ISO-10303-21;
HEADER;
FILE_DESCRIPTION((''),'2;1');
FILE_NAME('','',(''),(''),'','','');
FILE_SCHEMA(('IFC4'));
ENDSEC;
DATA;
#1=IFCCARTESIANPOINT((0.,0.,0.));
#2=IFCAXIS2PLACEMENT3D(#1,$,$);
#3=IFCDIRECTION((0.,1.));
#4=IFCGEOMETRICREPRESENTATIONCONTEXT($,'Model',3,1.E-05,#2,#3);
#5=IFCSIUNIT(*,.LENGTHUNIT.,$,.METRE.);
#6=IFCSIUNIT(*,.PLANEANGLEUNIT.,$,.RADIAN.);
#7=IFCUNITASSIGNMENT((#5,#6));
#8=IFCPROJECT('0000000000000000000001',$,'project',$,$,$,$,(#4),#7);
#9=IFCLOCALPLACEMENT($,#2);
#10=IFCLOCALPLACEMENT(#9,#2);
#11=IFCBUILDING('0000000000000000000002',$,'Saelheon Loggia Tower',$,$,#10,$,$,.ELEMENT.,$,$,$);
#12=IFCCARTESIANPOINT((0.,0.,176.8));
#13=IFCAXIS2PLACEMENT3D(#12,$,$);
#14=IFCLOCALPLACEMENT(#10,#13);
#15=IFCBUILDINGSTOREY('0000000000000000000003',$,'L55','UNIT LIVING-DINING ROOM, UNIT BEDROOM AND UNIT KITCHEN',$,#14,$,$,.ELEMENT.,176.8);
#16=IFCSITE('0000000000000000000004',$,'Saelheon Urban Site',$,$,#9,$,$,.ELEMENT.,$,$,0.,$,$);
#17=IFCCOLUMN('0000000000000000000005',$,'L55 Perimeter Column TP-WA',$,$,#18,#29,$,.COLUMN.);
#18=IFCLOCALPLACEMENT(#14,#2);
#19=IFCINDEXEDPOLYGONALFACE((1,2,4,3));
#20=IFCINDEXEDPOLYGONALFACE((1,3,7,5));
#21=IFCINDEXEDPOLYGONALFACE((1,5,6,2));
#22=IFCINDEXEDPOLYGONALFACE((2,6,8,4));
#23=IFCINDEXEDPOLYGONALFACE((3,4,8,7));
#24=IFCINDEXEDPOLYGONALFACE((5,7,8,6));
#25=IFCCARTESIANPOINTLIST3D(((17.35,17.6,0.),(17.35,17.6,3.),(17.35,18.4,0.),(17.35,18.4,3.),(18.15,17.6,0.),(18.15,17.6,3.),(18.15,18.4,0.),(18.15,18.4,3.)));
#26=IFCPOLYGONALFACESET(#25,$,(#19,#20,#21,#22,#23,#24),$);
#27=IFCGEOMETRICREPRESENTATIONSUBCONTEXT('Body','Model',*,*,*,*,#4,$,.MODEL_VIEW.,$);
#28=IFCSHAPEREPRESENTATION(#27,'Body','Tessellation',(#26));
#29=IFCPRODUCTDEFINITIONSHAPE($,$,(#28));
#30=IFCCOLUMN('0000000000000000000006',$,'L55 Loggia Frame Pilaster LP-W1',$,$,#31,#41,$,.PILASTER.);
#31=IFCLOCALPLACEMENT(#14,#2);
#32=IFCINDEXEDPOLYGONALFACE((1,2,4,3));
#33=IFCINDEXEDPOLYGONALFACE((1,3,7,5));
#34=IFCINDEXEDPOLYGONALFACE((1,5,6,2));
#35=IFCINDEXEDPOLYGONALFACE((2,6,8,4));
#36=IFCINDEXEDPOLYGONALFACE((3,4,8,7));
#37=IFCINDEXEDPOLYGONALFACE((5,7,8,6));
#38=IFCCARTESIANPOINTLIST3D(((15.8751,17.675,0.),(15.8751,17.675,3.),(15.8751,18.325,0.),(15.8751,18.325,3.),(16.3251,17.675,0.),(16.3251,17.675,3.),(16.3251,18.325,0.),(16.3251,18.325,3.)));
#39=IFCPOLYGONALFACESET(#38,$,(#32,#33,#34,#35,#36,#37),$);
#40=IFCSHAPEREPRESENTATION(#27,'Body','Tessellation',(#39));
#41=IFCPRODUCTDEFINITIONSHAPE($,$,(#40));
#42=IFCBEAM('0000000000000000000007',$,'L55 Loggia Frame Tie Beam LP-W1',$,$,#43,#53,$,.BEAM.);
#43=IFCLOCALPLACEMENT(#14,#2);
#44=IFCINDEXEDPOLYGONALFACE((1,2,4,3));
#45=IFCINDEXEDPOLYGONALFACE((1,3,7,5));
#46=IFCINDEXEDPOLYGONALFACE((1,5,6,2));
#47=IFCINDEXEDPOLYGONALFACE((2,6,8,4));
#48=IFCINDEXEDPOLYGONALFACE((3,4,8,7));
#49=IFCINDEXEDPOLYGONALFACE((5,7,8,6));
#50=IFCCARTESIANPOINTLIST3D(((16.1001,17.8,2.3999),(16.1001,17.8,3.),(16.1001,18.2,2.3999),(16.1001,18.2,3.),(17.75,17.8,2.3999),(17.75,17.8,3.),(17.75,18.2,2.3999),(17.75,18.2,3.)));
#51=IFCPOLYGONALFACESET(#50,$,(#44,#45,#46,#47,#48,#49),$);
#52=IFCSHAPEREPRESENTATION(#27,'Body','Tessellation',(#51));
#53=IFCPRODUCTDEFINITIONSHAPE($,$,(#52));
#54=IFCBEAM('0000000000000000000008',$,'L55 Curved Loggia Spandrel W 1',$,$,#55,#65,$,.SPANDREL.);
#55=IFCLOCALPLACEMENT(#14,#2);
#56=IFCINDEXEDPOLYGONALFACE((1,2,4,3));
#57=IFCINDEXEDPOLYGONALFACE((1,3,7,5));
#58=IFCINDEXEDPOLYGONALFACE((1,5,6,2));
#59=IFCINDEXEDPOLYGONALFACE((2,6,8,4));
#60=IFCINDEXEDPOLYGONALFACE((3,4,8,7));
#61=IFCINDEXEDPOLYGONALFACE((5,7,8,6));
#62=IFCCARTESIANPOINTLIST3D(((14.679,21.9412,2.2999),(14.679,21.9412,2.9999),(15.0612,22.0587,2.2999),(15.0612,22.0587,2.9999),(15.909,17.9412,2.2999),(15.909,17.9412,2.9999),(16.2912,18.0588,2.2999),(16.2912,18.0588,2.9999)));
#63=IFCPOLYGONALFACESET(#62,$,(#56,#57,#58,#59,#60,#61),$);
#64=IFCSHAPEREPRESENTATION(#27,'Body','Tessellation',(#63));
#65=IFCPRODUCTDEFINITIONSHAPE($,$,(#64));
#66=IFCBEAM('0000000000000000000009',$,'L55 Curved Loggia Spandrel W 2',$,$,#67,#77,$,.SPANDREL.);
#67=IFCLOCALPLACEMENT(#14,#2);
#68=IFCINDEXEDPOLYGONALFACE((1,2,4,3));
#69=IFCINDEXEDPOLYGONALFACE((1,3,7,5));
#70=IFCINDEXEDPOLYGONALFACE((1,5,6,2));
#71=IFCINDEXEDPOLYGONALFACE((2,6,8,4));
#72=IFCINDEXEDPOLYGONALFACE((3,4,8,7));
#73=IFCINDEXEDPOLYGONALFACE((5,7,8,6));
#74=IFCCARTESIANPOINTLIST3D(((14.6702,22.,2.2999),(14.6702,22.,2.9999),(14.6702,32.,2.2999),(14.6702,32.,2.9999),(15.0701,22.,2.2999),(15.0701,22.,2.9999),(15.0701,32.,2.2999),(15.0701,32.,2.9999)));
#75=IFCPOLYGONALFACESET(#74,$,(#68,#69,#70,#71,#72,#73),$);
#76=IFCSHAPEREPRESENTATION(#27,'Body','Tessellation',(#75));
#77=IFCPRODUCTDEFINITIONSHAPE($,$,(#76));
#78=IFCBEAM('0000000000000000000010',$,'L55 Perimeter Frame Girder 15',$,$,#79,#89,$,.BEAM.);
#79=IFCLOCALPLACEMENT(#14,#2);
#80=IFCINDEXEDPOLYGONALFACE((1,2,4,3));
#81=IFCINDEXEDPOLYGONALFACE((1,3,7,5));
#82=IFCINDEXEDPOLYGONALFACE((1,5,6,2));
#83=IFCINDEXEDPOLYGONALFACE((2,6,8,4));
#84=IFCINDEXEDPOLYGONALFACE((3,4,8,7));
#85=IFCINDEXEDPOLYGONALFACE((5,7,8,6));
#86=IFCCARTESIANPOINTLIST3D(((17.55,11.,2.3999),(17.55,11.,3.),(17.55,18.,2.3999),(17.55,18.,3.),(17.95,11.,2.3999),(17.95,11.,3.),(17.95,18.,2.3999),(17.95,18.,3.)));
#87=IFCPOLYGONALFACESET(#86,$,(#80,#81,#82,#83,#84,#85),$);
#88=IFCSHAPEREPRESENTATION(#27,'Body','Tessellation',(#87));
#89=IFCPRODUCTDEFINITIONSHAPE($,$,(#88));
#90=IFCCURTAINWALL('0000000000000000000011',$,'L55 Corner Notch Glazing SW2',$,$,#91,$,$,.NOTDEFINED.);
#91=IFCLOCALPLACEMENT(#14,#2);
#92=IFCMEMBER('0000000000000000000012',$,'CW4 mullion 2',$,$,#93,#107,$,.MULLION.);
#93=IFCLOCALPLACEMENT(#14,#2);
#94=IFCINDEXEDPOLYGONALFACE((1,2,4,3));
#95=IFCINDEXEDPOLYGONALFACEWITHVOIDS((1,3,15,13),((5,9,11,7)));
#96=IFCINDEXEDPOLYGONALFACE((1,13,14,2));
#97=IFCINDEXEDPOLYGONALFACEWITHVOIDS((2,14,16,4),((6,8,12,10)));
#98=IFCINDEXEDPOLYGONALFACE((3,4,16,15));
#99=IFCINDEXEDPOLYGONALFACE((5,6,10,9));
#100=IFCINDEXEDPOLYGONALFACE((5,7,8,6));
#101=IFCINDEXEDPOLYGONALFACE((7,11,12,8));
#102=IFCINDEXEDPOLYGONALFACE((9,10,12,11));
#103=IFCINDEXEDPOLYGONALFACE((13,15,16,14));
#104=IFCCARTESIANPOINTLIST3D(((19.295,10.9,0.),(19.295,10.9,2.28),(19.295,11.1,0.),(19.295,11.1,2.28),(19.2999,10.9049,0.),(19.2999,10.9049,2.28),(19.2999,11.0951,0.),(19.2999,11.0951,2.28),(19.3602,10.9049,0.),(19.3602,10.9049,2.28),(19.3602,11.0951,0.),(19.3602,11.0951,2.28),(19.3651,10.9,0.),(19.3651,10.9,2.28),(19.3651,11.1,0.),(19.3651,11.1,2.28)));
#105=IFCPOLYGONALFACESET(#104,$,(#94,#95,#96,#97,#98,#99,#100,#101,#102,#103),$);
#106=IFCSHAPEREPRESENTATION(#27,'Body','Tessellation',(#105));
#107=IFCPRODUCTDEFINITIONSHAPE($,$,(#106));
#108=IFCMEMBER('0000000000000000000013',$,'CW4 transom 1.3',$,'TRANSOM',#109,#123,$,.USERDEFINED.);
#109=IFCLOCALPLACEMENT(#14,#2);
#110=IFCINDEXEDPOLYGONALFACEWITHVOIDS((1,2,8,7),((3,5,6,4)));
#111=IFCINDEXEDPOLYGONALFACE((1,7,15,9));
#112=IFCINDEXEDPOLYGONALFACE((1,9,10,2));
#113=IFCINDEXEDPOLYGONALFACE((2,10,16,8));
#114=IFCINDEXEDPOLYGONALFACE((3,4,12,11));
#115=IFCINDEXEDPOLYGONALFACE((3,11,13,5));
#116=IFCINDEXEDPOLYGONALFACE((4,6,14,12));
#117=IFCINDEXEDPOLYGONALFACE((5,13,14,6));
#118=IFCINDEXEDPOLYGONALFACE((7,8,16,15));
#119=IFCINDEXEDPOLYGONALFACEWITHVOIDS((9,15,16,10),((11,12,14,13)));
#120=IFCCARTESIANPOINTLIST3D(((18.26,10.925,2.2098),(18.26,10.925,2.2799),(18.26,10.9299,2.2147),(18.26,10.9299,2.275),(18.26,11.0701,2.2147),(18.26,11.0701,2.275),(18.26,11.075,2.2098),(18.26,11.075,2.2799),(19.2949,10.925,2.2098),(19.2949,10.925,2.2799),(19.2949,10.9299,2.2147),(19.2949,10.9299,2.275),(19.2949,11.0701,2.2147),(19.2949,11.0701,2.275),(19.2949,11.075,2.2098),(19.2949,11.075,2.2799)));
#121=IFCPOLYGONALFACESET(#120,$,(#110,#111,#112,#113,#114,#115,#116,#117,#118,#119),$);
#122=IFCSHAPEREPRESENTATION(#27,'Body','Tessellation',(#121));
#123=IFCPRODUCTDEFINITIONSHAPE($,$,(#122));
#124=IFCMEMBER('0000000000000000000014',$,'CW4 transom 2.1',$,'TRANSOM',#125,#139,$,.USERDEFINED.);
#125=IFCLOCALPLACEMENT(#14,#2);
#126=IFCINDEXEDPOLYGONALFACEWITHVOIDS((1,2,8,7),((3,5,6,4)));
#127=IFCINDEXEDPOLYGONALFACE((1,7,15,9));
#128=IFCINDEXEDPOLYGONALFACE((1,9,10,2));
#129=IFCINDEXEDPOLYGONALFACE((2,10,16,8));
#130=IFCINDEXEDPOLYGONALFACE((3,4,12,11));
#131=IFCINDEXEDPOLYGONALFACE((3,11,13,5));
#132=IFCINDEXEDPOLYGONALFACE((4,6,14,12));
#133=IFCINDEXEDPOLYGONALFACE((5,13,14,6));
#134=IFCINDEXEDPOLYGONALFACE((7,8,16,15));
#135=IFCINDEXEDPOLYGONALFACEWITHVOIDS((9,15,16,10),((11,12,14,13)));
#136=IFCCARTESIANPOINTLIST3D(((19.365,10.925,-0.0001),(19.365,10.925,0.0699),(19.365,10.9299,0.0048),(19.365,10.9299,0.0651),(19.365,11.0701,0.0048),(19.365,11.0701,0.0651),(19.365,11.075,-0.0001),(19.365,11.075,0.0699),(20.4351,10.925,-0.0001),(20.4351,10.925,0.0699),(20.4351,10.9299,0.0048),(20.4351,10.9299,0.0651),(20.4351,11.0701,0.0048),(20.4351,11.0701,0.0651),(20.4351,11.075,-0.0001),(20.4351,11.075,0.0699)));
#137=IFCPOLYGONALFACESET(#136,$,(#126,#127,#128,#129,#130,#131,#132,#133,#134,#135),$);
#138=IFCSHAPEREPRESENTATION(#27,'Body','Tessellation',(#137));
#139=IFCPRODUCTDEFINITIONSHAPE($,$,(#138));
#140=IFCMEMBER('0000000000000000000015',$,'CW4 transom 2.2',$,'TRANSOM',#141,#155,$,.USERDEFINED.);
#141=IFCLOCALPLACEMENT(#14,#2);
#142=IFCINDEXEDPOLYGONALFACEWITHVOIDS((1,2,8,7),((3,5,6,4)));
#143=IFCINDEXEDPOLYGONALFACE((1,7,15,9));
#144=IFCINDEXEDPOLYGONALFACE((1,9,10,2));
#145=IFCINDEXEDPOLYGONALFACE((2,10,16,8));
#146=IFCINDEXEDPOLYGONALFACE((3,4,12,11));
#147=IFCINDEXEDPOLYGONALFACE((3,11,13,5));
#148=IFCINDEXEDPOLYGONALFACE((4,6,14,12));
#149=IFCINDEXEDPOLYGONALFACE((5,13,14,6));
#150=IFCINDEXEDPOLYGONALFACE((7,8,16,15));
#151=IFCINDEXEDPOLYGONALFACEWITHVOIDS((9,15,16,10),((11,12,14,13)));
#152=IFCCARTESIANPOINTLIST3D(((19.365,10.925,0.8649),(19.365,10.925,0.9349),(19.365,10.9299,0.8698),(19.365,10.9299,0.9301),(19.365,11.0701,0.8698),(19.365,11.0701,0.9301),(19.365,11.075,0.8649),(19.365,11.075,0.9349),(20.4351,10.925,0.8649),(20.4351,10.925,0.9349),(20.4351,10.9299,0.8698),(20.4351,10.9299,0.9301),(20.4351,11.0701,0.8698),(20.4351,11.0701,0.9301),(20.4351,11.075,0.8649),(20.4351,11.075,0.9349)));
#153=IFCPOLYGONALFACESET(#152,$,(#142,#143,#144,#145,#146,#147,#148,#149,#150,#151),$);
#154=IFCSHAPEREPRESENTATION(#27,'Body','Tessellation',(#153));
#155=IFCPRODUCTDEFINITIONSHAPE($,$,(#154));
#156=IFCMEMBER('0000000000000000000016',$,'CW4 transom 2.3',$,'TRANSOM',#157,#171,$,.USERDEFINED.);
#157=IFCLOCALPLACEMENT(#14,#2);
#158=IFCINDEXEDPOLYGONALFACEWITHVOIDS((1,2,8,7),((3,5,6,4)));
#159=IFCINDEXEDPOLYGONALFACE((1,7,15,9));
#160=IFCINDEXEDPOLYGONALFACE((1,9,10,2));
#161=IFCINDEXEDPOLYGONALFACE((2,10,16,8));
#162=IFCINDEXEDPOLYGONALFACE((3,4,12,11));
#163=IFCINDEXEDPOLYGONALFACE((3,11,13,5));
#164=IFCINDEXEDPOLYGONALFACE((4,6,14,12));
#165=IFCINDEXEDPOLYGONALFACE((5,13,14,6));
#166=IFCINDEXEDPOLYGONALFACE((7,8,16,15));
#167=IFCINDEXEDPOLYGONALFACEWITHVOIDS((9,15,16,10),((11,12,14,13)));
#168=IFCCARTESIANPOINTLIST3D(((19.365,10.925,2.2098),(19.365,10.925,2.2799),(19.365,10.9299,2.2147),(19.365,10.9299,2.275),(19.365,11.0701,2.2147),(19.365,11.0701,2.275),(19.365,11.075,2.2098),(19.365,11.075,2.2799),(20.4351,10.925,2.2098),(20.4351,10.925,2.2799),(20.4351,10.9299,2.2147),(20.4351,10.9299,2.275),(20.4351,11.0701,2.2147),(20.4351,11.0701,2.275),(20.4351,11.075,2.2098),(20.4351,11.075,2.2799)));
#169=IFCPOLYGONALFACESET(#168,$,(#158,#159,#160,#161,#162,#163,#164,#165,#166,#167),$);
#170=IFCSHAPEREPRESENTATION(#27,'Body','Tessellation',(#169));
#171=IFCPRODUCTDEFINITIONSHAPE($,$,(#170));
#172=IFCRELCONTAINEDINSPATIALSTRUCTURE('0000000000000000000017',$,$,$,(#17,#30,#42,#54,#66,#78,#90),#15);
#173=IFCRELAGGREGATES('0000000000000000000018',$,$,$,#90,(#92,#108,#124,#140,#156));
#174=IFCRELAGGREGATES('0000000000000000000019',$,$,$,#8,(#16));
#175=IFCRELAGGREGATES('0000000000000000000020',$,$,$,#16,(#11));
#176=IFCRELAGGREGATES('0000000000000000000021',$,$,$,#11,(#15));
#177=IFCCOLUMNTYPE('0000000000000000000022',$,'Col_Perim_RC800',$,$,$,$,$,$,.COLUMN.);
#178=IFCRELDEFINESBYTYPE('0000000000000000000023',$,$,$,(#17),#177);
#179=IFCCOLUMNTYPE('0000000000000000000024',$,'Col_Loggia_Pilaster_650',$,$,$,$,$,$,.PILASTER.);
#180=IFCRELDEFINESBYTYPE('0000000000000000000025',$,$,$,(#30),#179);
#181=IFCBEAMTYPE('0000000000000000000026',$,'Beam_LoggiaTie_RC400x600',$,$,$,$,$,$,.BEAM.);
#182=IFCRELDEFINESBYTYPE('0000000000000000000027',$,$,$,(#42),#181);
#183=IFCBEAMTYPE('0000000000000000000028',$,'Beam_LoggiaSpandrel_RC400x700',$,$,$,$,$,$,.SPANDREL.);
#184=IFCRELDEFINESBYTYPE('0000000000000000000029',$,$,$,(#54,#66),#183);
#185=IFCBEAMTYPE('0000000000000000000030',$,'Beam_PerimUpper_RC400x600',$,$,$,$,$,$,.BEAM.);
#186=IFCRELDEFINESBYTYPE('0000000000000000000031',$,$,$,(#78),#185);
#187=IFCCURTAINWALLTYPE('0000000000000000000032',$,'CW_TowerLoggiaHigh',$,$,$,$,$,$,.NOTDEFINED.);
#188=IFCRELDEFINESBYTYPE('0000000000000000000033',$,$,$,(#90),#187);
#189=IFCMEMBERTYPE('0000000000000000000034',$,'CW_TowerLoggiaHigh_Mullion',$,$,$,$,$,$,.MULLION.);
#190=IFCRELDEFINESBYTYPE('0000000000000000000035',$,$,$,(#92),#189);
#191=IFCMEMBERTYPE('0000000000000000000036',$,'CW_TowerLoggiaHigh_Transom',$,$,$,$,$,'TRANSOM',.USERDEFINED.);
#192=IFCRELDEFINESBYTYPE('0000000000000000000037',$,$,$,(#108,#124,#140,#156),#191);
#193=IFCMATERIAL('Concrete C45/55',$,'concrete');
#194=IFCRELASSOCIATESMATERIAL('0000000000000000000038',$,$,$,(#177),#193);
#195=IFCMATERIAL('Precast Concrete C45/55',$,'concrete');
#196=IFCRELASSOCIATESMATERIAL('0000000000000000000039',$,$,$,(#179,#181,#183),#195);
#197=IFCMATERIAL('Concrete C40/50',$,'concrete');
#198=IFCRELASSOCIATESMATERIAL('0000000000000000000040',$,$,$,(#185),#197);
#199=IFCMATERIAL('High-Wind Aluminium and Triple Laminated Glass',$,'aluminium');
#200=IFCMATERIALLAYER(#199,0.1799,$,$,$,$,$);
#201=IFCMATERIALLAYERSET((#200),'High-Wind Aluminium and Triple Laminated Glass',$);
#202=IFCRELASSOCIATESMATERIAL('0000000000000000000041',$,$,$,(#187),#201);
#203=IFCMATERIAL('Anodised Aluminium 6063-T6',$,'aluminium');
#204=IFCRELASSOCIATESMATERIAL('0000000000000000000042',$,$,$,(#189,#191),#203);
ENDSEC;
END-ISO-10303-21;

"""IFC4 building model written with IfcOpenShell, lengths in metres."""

from ifc_helpers import new_model, si_unit, direction, frame, origin, origin_2d, place, context, subcontext, project, spatial, rectangle, hollow_rectangle, extrude, source, transform, mapped, material, layer, layer_set, material_profile, profile_set, type_object, element, aggregate, save


model = new_model("IFC4")

# Units and contexts
model_context = context("Model", 3, precision=1e-05, world=origin(), true_north=direction((0.0, 1.0)))
body_context = subcontext(model_context, "Body", "Model", "MODEL_VIEW")
ifc_project = project(units=[si_unit("LENGTHUNIT", "METRE"), si_unit("PLANEANGLEUNIT", "RADIAN")], contexts=[model_context])

# Site, building, storey
site_placement = place(None, origin())
site = spatial("IfcSite", under=ifc_project, at=site_placement, Name="Saelheon Urban Site", CompositionType="ELEMENT", RefElevation=0.0)
building_placement = place(site_placement, origin())
building = spatial("IfcBuilding", under=site, at=building_placement, Name="Saelheon Loggia Tower", CompositionType="ELEMENT")
storey_placement = place(building_placement, frame((0.0, 0.0, 176.8)))
storey = spatial("IfcBuildingStorey", under=building, at=storey_placement, Name="L55", Description="UNIT LIVING-DINING ROOM, UNIT BEDROOM AND UNIT KITCHEN", CompositionType="ELEMENT", Elevation=176.8)

# Columns
ifc_material_1 = material(Name="Concrete C45/55", Category="concrete")
ifc_material_profile_1 = material_profile(ifc_material_1, rectangle(XDim=0.8, YDim=0.8, at=origin_2d()), Name="RC-800x800")
ifc_profile_set_1 = profile_set([ifc_material_profile_1], Name="Concrete C45/55")
column_type_1 = type_object("IfcColumnType", Name="Col_Perim_RC800", PredefinedType="COLUMN", material=ifc_profile_set_1)
shared_shape_1 = source(origin(), body_context, "Body", "SweptSolid", [
    extrude(rectangle(XDim=0.8, YDim=0.8, at=origin_2d()), origin(), (0.0, 0.0, 1.0), 3.0),
])
column_1_placement = place(storey_placement, frame((17.75, 18.0, 0.0), z_axis=(0.0, 0.0, 1.0), x_axis=(1.0, 0.0, 0.0)))
element("IfcColumn", 1, at=column_1_placement, inside=storey, type_object=column_type_1, Name="L55 Perimeter Column TP-WA", PredefinedType="COLUMN", context=body_context, shape_type="MappedRepresentation", body=[
    mapped(shared_shape_1, transform((0.0, 0.0, 0.0), scale=1.0)),
])
ifc_material_2 = material(Name="Precast Concrete C45/55", Category="concrete")
ifc_material_profile_2 = material_profile(ifc_material_2, rectangle(XDim=0.45, YDim=0.6499, at=origin_2d()), Name="RC-450x650")
ifc_profile_set_2 = profile_set([ifc_material_profile_2], Name="Precast Concrete C45/55")
column_type_2 = type_object("IfcColumnType", Name="Col_Loggia_Pilaster_650", PredefinedType="PILASTER", material=ifc_profile_set_2)
shared_shape_2 = source(origin(), body_context, "Body", "SweptSolid", [
    extrude(rectangle(XDim=0.45, YDim=0.6499, at=origin_2d()), origin(), (0.0, 0.0, 1.0), 3.0),
])
column_2_placement = place(storey_placement, frame((16.1001, 18.0, 0.0), z_axis=(0.0, 0.0, 1.0), x_axis=(1.0, 0.0, 0.0)))
element("IfcColumn", 2, at=column_2_placement, inside=storey, type_object=column_type_2, Name="L55 Loggia Frame Pilaster LP-W1", PredefinedType="PILASTER", context=body_context, shape_type="MappedRepresentation", body=[
    mapped(shared_shape_2, transform((0.0, 0.0, 0.0), scale=1.0)),
])

# Beams
ifc_material_profile_3 = material_profile(ifc_material_2, rectangle(XDim=0.3999, YDim=0.6001, at=origin_2d()), Name="RC-400x600")
ifc_profile_set_3 = profile_set([ifc_material_profile_3], Name="Precast Concrete C45/55")
beam_type_1 = type_object("IfcBeamType", Name="Beam_LoggiaTie_RC400x600", PredefinedType="BEAM", material=ifc_profile_set_3)
shared_shape_3 = source(origin(), body_context, "Body", "SweptSolid", [
    extrude(rectangle(XDim=0.3999, YDim=0.6001, at=origin_2d()), origin(), (0.0, 0.0, 1.0), 1.6499),
])
beam_1_placement = place(storey_placement, frame((17.75, 18.0, 2.7), z_axis=(-1.0, 0.0, 0.0), x_axis=(0.0, -1.0, 0.0)))
element("IfcBeam", 3, at=beam_1_placement, inside=storey, type_object=beam_type_1, Name="L55 Loggia Frame Tie Beam LP-W1", PredefinedType="BEAM", context=body_context, shape_type="MappedRepresentation", body=[
    mapped(shared_shape_3, transform((0.0, 0.0, 0.0), scale=1.0)),
])
ifc_material_profile_4 = material_profile(ifc_material_2, rectangle(XDim=0.3999, YDim=0.7, at=origin_2d()), Name="RC-400x700")
ifc_profile_set_4 = profile_set([ifc_material_profile_4], Name="Precast Concrete C45/55")
beam_type_2 = type_object("IfcBeamType", Name="Beam_LoggiaSpandrel_RC400x700", PredefinedType="SPANDREL", material=ifc_profile_set_4)
shared_shape_4 = source(origin(), body_context, "Body", "SweptSolid", [
    extrude(rectangle(XDim=0.3999, YDim=0.7, at=origin_2d()), origin(), (0.0, 0.0, 1.0), 4.1848),
])
beam_2_placement = place(storey_placement, frame((16.1001, 18.0, 2.6499), z_axis=(-0.293914, 0.955832, 0.0), x_axis=(-0.955832, -0.293914, 0.0)))
element("IfcBeam", 4, at=beam_2_placement, inside=storey, type_object=beam_type_2, Name="L55 Curved Loggia Spandrel W 1", PredefinedType="SPANDREL", context=body_context, shape_type="MappedRepresentation", body=[
    mapped(shared_shape_4, transform((0.0, 0.0, 0.0), scale=1.0)),
])
shared_shape_5 = source(origin(), body_context, "Body", "SweptSolid", [
    extrude(rectangle(XDim=0.3999, YDim=0.7, at=origin_2d()), origin(), (0.0, 0.0, 1.0), 10.0),
])
beam_3_placement = place(storey_placement, frame((14.8701, 22.0, 2.6499), z_axis=(0.0, 1.0, 0.0), x_axis=(-1.0, 0.0, 0.0)))
element("IfcBeam", 5, at=beam_3_placement, inside=storey, type_object=beam_type_2, Name="L55 Curved Loggia Spandrel W 2", PredefinedType="SPANDREL", context=body_context, shape_type="MappedRepresentation", body=[
    mapped(shared_shape_5, transform((0.0, 0.0, 0.0), scale=1.0)),
])
ifc_material_3 = material(Name="Concrete C40/50", Category="concrete")
ifc_material_profile_5 = material_profile(ifc_material_3, rectangle(XDim=0.3999, YDim=0.6001, at=origin_2d()), Name="RC-400x600")
ifc_profile_set_5 = profile_set([ifc_material_profile_5], Name="Concrete C40/50")
beam_type_3 = type_object("IfcBeamType", Name="Beam_PerimUpper_RC400x600", PredefinedType="BEAM", material=ifc_profile_set_5)
shared_shape_6 = source(origin(), body_context, "Body", "SweptSolid", [
    extrude(rectangle(XDim=0.3999, YDim=0.6001, at=origin_2d()), origin(), (0.0, 0.0, 1.0), 7.0),
])
beam_4_placement = place(storey_placement, frame((17.75, 18.0, 2.7), z_axis=(0.0, -1.0, 0.0), x_axis=(1.0, 0.0, 0.0)))
element("IfcBeam", 6, at=beam_4_placement, inside=storey, type_object=beam_type_3, Name="L55 Perimeter Frame Girder 15", PredefinedType="BEAM", context=body_context, shape_type="MappedRepresentation", body=[
    mapped(shared_shape_6, transform((0.0, 0.0, 0.0), scale=1.0)),
])

# Curtain wall, members
ifc_material_4 = material(Name="High-Wind Aluminium and Triple Laminated Glass", Category="aluminium")
ifc_layer_1 = layer(ifc_material_4, 0.1799)
ifc_layer_set_1 = layer_set([ifc_layer_1], Name="High-Wind Aluminium and Triple Laminated Glass")
curtain_wall_type = type_object("IfcCurtainWallType", Name="CW_TowerLoggiaHigh", PredefinedType="NOTDEFINED", material=ifc_layer_set_1)
curtain_wall_placement = place(storey_placement, origin())
curtain_wall = element("IfcCurtainWall", 7, at=curtain_wall_placement, inside=storey, type_object=curtain_wall_type, Name="L55 Corner Notch Glazing SW2", PredefinedType="NOTDEFINED")
ifc_material_5 = material(Name="Anodised Aluminium 6063-T6", Category="aluminium")
ifc_material_profile_6 = material_profile(ifc_material_5, hollow_rectangle(XDim=0.0701, YDim=0.2, WallThickness=0.0049, at=origin_2d()), Name="RHS-200x70x5")
ifc_profile_set_6 = profile_set([ifc_material_profile_6], Name="Anodised Aluminium 6063-T6")
member_type_1 = type_object("IfcMemberType", Name="CW_TowerLoggiaHigh_Mullion", PredefinedType="MULLION", material=ifc_profile_set_6)
shared_shape_7 = source(origin(), body_context, "Body", "SweptSolid", [
    extrude(hollow_rectangle(XDim=0.0701, YDim=0.2, WallThickness=0.0049, at=origin_2d()), origin(), (0.0, 0.0, 1.0), 2.28),
])
member_1_placement = place(storey_placement, frame((19.3301, 11.0, 0.0), z_axis=(0.0, 0.0, 1.0), x_axis=(1.0, 0.0, 0.0)))
member_1 = element("IfcMember", 8, at=member_1_placement, type_object=member_type_1, Name="CW4 mullion 2", PredefinedType="MULLION", context=body_context, shape_type="MappedRepresentation", body=[
    mapped(shared_shape_7, transform((0.0, 0.0, 0.0), scale=1.0)),
])
ifc_material_profile_7 = material_profile(ifc_material_5, hollow_rectangle(XDim=0.0701, YDim=0.1499, WallThickness=0.0049, at=origin_2d()), Name="RHS-150x70x5")
ifc_profile_set_7 = profile_set([ifc_material_profile_7], Name="Anodised Aluminium 6063-T6")
member_type_2 = type_object("IfcMemberType", Name="CW_TowerLoggiaHigh_Transom", ElementType="TRANSOM", PredefinedType="USERDEFINED", material=ifc_profile_set_7)
shared_shape_8 = source(origin(), body_context, "Body", "SweptSolid", [
    extrude(hollow_rectangle(XDim=0.0701, YDim=0.1499, WallThickness=0.0049, at=origin_2d()), origin(), (0.0, 0.0, 1.0), 1.0349),
])
member_2_placement = place(storey_placement, frame((18.26, 11.0, 2.2449), z_axis=(1.0, 0.0, 0.0), x_axis=(0.0, 0.0, 1.0)))
member_2 = element("IfcMember", 9, at=member_2_placement, type_object=member_type_2, Name="CW4 transom 1.3", ObjectType="TRANSOM", PredefinedType="USERDEFINED", context=body_context, shape_type="MappedRepresentation", body=[
    mapped(shared_shape_8, transform((0.0, 0.0, 0.0), scale=1.0)),
])
shared_shape_9 = source(origin(), body_context, "Body", "SweptSolid", [
    extrude(hollow_rectangle(XDim=0.0701, YDim=0.1499, WallThickness=0.0049, at=origin_2d()), origin(), (0.0, 0.0, 1.0), 1.0701),
])
member_3_placement = place(storey_placement, frame((19.365, 11.0, 0.0349), z_axis=(1.0, 0.0, 0.0), x_axis=(0.0, 0.0, 1.0)))
member_3 = element("IfcMember", 10, at=member_3_placement, type_object=member_type_2, Name="CW4 transom 2.1", ObjectType="TRANSOM", PredefinedType="USERDEFINED", context=body_context, shape_type="MappedRepresentation", body=[
    mapped(shared_shape_9, transform((0.0, 0.0, 0.0), scale=1.0)),
])
member_4_placement = place(storey_placement, frame((19.365, 11.0, 0.8999), z_axis=(1.0, 0.0, 0.0), x_axis=(0.0, 0.0, 1.0)))
member_4 = element("IfcMember", 11, at=member_4_placement, type_object=member_type_2, Name="CW4 transom 2.2", ObjectType="TRANSOM", PredefinedType="USERDEFINED", context=body_context, shape_type="MappedRepresentation", body=[
    mapped(shared_shape_9, transform((0.0, 0.0, 0.0), scale=1.0)),
])
member_5_placement = place(storey_placement, frame((19.365, 11.0, 2.2449), z_axis=(1.0, 0.0, 0.0), x_axis=(0.0, 0.0, 1.0)))
member_5 = element("IfcMember", 12, at=member_5_placement, type_object=member_type_2, Name="CW4 transom 2.3", ObjectType="TRANSOM", PredefinedType="USERDEFINED", context=body_context, shape_type="MappedRepresentation", body=[
    mapped(shared_shape_9, transform((0.0, 0.0, 0.0), scale=1.0)),
])
aggregate(curtain_wall, [member_1, member_2, member_3, member_4, member_5])

save(model, "model.ifc")
